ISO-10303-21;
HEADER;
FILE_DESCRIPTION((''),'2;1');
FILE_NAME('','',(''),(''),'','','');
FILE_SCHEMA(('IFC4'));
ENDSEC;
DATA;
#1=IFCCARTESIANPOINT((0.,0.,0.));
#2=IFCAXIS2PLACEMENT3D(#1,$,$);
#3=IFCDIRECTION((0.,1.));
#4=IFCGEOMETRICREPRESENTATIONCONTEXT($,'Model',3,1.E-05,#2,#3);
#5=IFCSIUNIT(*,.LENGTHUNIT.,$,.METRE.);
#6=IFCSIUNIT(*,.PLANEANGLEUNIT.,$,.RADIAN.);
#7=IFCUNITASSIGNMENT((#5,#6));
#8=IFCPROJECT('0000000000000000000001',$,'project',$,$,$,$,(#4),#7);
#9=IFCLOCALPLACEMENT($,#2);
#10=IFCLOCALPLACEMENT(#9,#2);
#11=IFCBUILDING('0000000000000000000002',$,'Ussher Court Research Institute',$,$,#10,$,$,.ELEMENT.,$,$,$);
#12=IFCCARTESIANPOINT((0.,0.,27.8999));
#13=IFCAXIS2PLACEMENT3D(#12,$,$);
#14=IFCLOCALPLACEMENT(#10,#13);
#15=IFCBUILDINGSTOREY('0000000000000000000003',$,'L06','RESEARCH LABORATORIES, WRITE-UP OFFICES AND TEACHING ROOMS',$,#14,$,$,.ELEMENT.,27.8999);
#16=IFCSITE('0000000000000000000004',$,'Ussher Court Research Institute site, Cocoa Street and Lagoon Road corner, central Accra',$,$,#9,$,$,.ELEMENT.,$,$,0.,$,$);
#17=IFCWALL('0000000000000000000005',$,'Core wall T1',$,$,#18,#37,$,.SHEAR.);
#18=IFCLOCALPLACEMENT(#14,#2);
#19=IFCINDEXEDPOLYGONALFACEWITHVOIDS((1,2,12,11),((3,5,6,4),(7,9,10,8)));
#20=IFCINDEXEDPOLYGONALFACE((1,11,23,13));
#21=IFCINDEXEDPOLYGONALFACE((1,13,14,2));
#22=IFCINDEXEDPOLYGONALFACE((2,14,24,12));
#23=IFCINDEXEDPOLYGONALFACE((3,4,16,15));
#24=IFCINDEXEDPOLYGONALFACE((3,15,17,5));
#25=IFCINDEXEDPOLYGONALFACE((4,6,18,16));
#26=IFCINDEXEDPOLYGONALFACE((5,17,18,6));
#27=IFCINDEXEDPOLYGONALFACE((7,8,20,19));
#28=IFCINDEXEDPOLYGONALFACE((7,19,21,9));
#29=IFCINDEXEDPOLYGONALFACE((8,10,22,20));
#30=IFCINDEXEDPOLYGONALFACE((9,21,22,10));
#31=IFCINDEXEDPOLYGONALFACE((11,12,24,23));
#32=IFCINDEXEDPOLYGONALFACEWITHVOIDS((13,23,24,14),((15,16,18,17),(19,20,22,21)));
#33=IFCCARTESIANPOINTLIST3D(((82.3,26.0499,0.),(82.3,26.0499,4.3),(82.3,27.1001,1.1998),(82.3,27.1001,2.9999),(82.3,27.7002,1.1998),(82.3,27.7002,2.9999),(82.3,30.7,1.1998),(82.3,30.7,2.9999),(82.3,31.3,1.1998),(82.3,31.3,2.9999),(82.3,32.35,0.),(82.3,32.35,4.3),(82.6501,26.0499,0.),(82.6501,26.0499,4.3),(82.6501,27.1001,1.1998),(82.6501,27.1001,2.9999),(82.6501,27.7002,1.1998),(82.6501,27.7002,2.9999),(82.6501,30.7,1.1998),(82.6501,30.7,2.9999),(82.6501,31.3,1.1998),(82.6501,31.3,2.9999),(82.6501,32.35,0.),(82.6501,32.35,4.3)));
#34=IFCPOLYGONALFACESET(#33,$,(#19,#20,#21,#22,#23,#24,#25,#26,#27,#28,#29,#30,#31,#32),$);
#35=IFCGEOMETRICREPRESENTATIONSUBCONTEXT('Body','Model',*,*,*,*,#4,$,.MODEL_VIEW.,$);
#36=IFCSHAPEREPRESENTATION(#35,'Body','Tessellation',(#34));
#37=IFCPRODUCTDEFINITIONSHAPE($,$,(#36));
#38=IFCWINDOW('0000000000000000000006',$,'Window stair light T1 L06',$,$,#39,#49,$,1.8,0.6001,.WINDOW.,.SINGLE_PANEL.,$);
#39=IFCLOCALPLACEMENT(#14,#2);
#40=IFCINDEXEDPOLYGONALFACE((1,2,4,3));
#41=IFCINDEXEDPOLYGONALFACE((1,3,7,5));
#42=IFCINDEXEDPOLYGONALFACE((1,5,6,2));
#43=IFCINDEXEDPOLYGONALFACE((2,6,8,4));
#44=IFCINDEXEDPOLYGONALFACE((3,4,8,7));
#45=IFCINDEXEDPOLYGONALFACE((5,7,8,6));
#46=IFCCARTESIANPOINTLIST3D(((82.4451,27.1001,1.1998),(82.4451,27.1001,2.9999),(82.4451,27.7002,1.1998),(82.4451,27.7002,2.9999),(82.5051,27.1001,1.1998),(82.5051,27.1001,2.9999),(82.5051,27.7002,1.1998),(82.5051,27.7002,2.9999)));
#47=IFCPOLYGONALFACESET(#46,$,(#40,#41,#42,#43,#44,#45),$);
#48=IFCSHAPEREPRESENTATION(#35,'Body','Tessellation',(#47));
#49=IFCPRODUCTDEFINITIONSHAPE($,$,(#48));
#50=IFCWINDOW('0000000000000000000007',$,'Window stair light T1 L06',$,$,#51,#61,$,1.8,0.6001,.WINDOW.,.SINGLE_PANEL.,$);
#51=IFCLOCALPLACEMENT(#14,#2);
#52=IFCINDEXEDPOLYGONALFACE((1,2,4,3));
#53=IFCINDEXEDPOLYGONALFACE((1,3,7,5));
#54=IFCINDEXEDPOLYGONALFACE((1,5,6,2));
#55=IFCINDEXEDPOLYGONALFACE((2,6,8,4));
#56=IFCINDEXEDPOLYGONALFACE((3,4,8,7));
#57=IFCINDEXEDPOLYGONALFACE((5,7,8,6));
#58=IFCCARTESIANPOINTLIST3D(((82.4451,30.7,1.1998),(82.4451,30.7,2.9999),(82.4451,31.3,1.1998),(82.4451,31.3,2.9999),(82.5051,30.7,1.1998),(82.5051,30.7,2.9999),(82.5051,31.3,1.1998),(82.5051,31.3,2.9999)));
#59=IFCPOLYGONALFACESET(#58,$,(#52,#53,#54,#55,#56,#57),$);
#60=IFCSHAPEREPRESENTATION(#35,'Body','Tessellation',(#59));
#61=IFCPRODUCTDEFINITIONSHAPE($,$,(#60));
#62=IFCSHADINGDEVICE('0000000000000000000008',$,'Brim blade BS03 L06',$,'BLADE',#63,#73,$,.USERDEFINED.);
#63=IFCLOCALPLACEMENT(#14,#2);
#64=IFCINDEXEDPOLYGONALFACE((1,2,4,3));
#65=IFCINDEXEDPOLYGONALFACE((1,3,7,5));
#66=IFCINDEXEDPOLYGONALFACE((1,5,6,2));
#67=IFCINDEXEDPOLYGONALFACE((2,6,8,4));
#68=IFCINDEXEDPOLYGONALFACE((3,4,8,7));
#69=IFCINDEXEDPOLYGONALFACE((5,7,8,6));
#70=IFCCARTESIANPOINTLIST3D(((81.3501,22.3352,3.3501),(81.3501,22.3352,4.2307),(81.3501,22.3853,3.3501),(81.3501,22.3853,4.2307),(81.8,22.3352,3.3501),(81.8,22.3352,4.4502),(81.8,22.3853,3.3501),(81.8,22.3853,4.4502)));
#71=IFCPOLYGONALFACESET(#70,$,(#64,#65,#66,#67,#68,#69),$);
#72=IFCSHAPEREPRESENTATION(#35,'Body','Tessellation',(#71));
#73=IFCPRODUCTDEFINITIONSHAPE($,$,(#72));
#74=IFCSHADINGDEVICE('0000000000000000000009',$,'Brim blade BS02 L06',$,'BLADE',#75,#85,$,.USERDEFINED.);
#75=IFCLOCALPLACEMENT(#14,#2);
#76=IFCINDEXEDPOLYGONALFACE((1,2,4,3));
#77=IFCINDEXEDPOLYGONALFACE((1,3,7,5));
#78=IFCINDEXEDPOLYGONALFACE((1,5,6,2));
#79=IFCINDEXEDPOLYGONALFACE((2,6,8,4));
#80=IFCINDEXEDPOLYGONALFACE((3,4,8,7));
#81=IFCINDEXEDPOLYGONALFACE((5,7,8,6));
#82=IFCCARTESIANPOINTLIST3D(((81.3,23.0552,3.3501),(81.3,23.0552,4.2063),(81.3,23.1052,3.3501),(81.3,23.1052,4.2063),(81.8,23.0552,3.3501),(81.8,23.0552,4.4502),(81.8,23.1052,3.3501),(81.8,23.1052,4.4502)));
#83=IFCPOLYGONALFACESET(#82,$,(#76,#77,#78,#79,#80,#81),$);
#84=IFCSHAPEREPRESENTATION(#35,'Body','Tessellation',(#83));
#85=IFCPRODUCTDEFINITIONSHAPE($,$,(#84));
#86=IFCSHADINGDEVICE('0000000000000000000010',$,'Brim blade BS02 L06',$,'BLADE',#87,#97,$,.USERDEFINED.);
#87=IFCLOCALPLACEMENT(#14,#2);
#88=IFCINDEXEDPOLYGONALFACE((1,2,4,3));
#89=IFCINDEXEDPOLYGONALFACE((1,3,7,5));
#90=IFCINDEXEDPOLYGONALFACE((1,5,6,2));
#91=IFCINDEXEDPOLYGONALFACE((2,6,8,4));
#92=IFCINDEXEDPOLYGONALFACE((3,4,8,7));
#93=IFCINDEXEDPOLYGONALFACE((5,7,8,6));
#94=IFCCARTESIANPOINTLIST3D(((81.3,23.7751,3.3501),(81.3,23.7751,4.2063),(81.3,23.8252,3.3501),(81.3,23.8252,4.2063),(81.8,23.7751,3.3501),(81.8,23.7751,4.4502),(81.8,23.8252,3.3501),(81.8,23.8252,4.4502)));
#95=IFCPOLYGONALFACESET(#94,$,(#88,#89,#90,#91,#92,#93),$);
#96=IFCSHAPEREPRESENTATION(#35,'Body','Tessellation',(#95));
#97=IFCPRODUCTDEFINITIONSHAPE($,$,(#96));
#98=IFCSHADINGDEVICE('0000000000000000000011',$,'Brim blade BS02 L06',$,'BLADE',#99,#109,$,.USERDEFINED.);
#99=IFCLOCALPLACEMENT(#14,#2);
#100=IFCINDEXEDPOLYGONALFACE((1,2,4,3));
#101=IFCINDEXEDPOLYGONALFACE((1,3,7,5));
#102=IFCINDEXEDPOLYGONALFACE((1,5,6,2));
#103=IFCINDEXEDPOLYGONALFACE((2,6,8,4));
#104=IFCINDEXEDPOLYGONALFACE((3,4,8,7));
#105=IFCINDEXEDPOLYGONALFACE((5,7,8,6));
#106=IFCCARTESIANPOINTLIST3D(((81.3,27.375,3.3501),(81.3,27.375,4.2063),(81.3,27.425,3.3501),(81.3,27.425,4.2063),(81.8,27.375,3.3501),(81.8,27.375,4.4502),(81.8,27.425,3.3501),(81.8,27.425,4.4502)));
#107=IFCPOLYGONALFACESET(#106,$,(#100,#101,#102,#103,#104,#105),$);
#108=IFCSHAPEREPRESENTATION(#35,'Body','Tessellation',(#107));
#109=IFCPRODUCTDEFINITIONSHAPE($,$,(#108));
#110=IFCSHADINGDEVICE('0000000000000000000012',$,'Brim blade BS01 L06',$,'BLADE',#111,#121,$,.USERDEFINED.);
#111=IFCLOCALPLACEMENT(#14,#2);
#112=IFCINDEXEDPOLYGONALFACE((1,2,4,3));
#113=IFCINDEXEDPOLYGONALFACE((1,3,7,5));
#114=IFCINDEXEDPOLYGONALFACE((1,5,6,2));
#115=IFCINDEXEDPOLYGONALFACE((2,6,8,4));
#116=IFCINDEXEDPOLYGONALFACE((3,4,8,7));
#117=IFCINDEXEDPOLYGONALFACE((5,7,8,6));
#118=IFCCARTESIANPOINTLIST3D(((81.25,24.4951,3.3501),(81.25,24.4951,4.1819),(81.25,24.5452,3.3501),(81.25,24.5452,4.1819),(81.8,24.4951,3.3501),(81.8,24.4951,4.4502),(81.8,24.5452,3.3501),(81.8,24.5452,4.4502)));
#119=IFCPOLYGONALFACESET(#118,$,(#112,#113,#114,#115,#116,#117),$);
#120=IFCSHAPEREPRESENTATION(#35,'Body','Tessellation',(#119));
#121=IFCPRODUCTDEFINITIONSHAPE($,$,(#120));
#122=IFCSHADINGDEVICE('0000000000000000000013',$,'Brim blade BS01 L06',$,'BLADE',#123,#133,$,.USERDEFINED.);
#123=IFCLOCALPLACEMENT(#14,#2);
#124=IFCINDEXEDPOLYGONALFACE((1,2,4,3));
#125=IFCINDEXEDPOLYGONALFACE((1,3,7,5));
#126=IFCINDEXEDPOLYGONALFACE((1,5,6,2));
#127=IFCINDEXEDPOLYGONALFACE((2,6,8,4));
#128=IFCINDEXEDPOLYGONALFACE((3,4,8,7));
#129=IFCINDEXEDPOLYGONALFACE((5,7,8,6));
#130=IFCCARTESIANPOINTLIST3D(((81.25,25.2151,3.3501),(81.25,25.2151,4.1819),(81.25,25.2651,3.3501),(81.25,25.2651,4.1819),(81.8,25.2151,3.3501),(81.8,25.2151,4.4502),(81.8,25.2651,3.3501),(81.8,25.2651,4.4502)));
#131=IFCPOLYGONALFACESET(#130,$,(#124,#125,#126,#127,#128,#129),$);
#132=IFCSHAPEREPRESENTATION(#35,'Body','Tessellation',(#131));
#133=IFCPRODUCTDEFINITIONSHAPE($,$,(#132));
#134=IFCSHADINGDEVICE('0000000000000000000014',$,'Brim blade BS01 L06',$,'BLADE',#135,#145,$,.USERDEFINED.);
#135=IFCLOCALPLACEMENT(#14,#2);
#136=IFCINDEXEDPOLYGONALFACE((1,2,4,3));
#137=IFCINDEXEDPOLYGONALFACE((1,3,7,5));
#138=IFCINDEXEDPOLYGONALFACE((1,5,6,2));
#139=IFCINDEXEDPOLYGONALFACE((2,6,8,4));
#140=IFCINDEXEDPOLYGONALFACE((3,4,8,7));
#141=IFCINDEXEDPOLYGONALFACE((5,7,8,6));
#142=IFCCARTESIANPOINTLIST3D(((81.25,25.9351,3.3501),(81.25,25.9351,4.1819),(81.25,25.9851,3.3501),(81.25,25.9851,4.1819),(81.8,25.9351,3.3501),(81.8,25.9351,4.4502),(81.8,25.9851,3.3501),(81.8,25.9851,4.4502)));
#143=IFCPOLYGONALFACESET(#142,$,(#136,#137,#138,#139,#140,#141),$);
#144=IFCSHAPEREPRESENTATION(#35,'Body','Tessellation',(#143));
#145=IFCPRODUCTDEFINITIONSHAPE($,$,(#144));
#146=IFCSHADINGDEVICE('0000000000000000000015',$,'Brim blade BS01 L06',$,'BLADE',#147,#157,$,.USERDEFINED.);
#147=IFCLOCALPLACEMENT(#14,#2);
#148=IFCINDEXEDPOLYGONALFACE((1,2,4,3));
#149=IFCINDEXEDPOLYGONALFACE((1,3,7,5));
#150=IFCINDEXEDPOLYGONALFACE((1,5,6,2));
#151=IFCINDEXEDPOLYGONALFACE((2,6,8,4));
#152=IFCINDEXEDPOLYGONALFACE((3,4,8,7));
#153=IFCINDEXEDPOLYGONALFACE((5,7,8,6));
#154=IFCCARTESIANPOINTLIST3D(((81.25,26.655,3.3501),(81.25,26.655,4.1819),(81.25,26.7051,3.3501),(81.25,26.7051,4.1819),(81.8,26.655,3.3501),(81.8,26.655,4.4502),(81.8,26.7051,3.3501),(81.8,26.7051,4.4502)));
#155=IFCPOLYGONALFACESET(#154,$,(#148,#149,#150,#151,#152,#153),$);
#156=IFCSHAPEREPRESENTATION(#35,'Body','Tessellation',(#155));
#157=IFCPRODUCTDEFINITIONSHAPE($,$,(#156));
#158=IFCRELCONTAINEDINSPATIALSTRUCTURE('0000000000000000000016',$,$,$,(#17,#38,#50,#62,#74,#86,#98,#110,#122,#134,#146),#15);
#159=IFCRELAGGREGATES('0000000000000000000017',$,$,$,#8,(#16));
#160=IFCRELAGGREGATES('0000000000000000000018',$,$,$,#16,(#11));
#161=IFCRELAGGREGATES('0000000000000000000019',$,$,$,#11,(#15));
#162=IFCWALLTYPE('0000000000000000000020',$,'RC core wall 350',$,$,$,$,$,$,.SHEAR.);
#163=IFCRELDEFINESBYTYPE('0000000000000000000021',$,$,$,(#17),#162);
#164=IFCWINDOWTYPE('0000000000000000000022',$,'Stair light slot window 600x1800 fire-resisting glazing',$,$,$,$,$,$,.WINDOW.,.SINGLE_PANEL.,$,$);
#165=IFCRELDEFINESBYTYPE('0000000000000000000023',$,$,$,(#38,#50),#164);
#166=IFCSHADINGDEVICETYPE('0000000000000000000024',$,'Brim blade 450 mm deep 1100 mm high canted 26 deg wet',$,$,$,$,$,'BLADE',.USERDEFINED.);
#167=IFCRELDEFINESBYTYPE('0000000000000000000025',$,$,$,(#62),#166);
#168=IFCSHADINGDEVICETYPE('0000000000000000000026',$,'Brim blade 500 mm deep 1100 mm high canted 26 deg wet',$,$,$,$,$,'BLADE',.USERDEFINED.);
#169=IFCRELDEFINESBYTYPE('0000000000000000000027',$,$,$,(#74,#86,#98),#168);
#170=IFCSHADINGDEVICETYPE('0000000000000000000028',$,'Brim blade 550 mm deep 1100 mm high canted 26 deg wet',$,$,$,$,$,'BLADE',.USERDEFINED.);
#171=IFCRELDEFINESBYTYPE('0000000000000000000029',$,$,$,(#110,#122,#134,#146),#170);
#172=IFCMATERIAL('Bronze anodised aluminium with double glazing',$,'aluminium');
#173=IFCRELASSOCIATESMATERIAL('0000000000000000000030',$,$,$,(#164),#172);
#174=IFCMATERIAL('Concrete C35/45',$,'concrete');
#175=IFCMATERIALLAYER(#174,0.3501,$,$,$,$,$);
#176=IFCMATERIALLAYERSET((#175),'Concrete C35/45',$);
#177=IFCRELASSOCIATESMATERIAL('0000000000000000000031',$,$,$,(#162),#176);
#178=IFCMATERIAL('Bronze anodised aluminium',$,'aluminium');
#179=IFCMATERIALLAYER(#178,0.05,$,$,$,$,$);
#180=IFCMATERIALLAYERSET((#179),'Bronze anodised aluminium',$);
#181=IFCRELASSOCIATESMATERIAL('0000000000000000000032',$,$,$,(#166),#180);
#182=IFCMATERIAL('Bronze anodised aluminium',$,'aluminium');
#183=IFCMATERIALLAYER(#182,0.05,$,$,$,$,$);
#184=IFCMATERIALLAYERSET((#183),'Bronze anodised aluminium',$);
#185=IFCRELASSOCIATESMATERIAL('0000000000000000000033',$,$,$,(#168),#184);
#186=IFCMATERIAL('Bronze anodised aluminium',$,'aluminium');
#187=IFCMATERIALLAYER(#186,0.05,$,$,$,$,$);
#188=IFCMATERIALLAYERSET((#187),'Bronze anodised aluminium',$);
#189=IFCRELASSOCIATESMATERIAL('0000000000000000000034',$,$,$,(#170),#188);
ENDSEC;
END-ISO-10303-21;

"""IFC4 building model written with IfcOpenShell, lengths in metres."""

from ifc_helpers import new_model, si_unit, direction, frame, frame_2d, origin, place, context, subcontext, project, spatial, polyline, rectangle, outline, extrude, material, layer, layer_set, type_object, element, fill, save


model = new_model("IFC4")

# Units and contexts
model_context = context("Model", 3, precision=1e-05, world=origin(), true_north=direction((0.0, 1.0)))
body_context = subcontext(model_context, "Body", "Model", "MODEL_VIEW")
ifc_project = project(units=[si_unit("LENGTHUNIT", "METRE"), si_unit("PLANEANGLEUNIT", "RADIAN")], contexts=[model_context])

# Site, building, storey
site_placement = place(None, origin())
site = spatial("IfcSite", under=ifc_project, at=site_placement, Name="Ussher Court Research Institute site, Cocoa Street and Lagoon Road corner, central Accra", CompositionType="ELEMENT", RefElevation=0.0)
building_placement = place(site_placement, origin())
building = spatial("IfcBuilding", under=site, at=building_placement, Name="Ussher Court Research Institute", CompositionType="ELEMENT")
storey_placement = place(building_placement, frame((0.0, 0.0, 27.8999)))
storey = spatial("IfcBuildingStorey", under=building, at=storey_placement, Name="L06", Description="RESEARCH LABORATORIES, WRITE-UP OFFICES AND TEACHING ROOMS", CompositionType="ELEMENT", Elevation=27.8999)

# Shared definitions
ifc_material_1 = material(Name="Bronze anodised aluminium with double glazing", Category="aluminium")
window_type_1 = type_object("IfcWindowType", Name="Stair light slot window 600x1800 fire-resisting glazing", PartitioningType="SINGLE_PANEL", PredefinedType="WINDOW", material=ifc_material_1)

# Shared definitions
ifc_material_2 = material(Name="Concrete C35/45", Category="concrete")
ifc_layer_1 = layer(ifc_material_2, 0.3501)
ifc_layer_set_1 = layer_set([ifc_layer_1], Name="Concrete C35/45")
wall_type_1 = type_object("IfcWallType", Name="RC core wall 350", PredefinedType="SHEAR", material=ifc_layer_set_1)

# Wall, openings, windows
wall_1_placement = place(storey_placement, frame((82.4751, 26.05, 0.0), z_axis=(0.0, 0.0, 1.0), x_axis=(0.0, 1.0, 0.0)))
wall_1 = element("IfcWall", 1, at=wall_1_placement, inside=storey, type_object=wall_type_1, Name="Core wall T1", PredefinedType="SHEAR", context=body_context, shape_type="SweptSolid", body=[
    extrude(rectangle(XDim=6.3, YDim=0.3501, at=frame_2d((3.1499, 0.0))), origin(), (0.0, 0.0, 1.0), 4.3),
])
opening_1_placement = place(wall_1_placement, frame((1.05, 0.0, 1.2)))
opening_1 = element("IfcOpeningElement", 2, at=opening_1_placement, cuts=wall_1, PredefinedType="OPENING", context=body_context, shape_type="SweptSolid", body=[
    extrude(rectangle(XDim=0.6001, YDim=1.8, at=frame_2d((0.3, 0.8999))), frame((0.0, 0.1851, 0.0), z_axis=(0.0, -1.0, 0.0), x_axis=(1.0, 0.0, 0.0)), (0.0, 0.0, 1.0), 0.3701),
])
opening_2_placement = place(wall_1_placement, frame((4.6499, 0.0, 1.2)))
opening_2 = element("IfcOpeningElement", 3, at=opening_2_placement, cuts=wall_1, PredefinedType="OPENING", context=body_context, shape_type="SweptSolid", body=[
    extrude(rectangle(XDim=0.6001, YDim=1.8, at=frame_2d((0.3, 0.8999))), frame((0.0, 0.1851, 0.0), z_axis=(0.0, -1.0, 0.0), x_axis=(1.0, 0.0, 0.0)), (0.0, 0.0, 1.0), 0.3701),
])
window_1_placement = place(opening_1_placement, origin())
window_1 = element("IfcWindow", 4, at=window_1_placement, inside=storey, type_object=window_type_1, Name="Window stair light T1 L06", OverallHeight=1.8, OverallWidth=0.6001, PartitioningType="SINGLE_PANEL", PredefinedType="WINDOW", context=body_context, shape_type="SweptSolid", body=[
    extrude(rectangle(XDim=0.6001, YDim=1.8, at=frame_2d((0.3, 0.8999))), frame((0.0, 0.03, 0.0), z_axis=(0.0, -1.0, 0.0), x_axis=(1.0, 0.0, 0.0)), (0.0, 0.0, 1.0), 0.0601),
])
fill(opening_1, window_1)
window_2_placement = place(opening_2_placement, origin())
window_2 = element("IfcWindow", 5, at=window_2_placement, inside=storey, type_object=window_type_1, Name="Window stair light T1 L06", OverallHeight=1.8, OverallWidth=0.6001, PartitioningType="SINGLE_PANEL", PredefinedType="WINDOW", context=body_context, shape_type="SweptSolid", body=[
    extrude(rectangle(XDim=0.6001, YDim=1.8, at=frame_2d((0.3, 0.8999))), frame((0.0, 0.03, 0.0), z_axis=(0.0, -1.0, 0.0), x_axis=(1.0, 0.0, 0.0)), (0.0, 0.0, 1.0), 0.0601),
])
fill(opening_2, window_2)

# Shading devices
ifc_material_3 = material(Name="Bronze anodised aluminium", Category="aluminium")
ifc_layer_2 = layer(ifc_material_3, 0.05)
ifc_layer_set_2 = layer_set([ifc_layer_2], Name="Bronze anodised aluminium")
shading_device_type_1 = type_object("IfcShadingDeviceType", Name="Brim blade 450 mm deep 1100 mm high canted 26 deg wet", ElementType="BLADE", PredefinedType="USERDEFINED", material=ifc_layer_set_2)
shading_device_placement = place(storey_placement, frame((81.8, 22.3601, 3.3501), z_axis=(0.0, 0.0, 1.0), x_axis=(-1.0, 0.0, 0.0)))
element("IfcShadingDevice", 6, at=shading_device_placement, inside=storey, type_object=shading_device_type_1, Name="Brim blade BS03 L06", ObjectType="BLADE", PredefinedType="USERDEFINED", context=body_context, shape_type="SweptSolid", body=[
    extrude(outline(polyline([(0.0, 0.0), (0.45, 0.0), (0.45, 0.8806), (0.0, 1.1001), (0.0, 0.0)])), frame((0.0, 0.0249, 0.0), z_axis=(0.0, -1.0, 0.0), x_axis=(1.0, 0.0, 0.0)), (0.0, 0.0, 1.0), 0.05),
])
ifc_material_4 = material(Name="Bronze anodised aluminium", Category="aluminium")
ifc_layer_3 = layer(ifc_material_4, 0.05)
ifc_layer_set_3 = layer_set([ifc_layer_3], Name="Bronze anodised aluminium")
shading_device_type_2 = type_object("IfcShadingDeviceType", Name="Brim blade 500 mm deep 1100 mm high canted 26 deg wet", ElementType="BLADE", PredefinedType="USERDEFINED", material=ifc_layer_set_3)
for number, where, z_axis, x_axis, name in (
    (7, (81.8, 23.0801, 3.3501), (0.0, 0.0, 1.0), (-1.0, 0.0, 0.0), "Brim blade BS02 L06"),
    (8, (81.8, 23.8, 3.3501), (0.0, 0.0, 1.0), (-1.0, 0.0, 0.0), "Brim blade BS02 L06"),
    (9, (81.8, 27.3999, 3.3501), (0.0, 0.0, 1.0), (-1.0, 0.0, 0.0), "Brim blade BS02 L06"),
):
    element("IfcShadingDevice", number, at=place(storey_placement, frame(where, z_axis=z_axis, x_axis=x_axis)), inside=storey, type_object=shading_device_type_2, Name=name, ObjectType="BLADE", PredefinedType="USERDEFINED", context=body_context, shape_type="SweptSolid", body=[
        extrude(outline(polyline([(0.0, 0.0), (0.5, 0.0), (0.5, 0.8562), (0.0, 1.1001), (0.0, 0.0)])), frame((0.0, 0.0249, 0.0), z_axis=(0.0, -1.0, 0.0), x_axis=(1.0, 0.0, 0.0)), (0.0, 0.0, 1.0), 0.05),
    ])
ifc_material_5 = material(Name="Bronze anodised aluminium", Category="aluminium")
ifc_layer_4 = layer(ifc_material_5, 0.05)
ifc_layer_set_4 = layer_set([ifc_layer_4], Name="Bronze anodised aluminium")
shading_device_type_3 = type_object("IfcShadingDeviceType", Name="Brim blade 550 mm deep 1100 mm high canted 26 deg wet", ElementType="BLADE", PredefinedType="USERDEFINED", material=ifc_layer_set_4)
for number, where, z_axis, x_axis, name in (
    (10, (81.8, 24.52, 3.3501), (0.0, 0.0, 1.0), (-1.0, 0.0, 0.0), "Brim blade BS01 L06"),
    (11, (81.8, 25.24, 3.3501), (0.0, 0.0, 1.0), (-1.0, 0.0, 0.0), "Brim blade BS01 L06"),
    (12, (81.8, 25.96, 3.3501), (0.0, 0.0, 1.0), (-1.0, 0.0, 0.0), "Brim blade BS01 L06"),
    (13, (81.8, 26.6799, 3.3501), (0.0, 0.0, 1.0), (-1.0, 0.0, 0.0), "Brim blade BS01 L06"),
):
    element("IfcShadingDevice", number, at=place(storey_placement, frame(where, z_axis=z_axis, x_axis=x_axis)), inside=storey, type_object=shading_device_type_3, Name=name, ObjectType="BLADE", PredefinedType="USERDEFINED", context=body_context, shape_type="SweptSolid", body=[
        extrude(outline(polyline([(0.0, 0.0), (0.55, 0.0), (0.55, 0.8318), (0.0, 1.1001), (0.0, 0.0)])), frame((0.0, 0.0249, 0.0), z_axis=(0.0, -1.0, 0.0), x_axis=(1.0, 0.0, 0.0)), (0.0, 0.0, 1.0), 0.05),
    ])

save(model, "model.ifc")
